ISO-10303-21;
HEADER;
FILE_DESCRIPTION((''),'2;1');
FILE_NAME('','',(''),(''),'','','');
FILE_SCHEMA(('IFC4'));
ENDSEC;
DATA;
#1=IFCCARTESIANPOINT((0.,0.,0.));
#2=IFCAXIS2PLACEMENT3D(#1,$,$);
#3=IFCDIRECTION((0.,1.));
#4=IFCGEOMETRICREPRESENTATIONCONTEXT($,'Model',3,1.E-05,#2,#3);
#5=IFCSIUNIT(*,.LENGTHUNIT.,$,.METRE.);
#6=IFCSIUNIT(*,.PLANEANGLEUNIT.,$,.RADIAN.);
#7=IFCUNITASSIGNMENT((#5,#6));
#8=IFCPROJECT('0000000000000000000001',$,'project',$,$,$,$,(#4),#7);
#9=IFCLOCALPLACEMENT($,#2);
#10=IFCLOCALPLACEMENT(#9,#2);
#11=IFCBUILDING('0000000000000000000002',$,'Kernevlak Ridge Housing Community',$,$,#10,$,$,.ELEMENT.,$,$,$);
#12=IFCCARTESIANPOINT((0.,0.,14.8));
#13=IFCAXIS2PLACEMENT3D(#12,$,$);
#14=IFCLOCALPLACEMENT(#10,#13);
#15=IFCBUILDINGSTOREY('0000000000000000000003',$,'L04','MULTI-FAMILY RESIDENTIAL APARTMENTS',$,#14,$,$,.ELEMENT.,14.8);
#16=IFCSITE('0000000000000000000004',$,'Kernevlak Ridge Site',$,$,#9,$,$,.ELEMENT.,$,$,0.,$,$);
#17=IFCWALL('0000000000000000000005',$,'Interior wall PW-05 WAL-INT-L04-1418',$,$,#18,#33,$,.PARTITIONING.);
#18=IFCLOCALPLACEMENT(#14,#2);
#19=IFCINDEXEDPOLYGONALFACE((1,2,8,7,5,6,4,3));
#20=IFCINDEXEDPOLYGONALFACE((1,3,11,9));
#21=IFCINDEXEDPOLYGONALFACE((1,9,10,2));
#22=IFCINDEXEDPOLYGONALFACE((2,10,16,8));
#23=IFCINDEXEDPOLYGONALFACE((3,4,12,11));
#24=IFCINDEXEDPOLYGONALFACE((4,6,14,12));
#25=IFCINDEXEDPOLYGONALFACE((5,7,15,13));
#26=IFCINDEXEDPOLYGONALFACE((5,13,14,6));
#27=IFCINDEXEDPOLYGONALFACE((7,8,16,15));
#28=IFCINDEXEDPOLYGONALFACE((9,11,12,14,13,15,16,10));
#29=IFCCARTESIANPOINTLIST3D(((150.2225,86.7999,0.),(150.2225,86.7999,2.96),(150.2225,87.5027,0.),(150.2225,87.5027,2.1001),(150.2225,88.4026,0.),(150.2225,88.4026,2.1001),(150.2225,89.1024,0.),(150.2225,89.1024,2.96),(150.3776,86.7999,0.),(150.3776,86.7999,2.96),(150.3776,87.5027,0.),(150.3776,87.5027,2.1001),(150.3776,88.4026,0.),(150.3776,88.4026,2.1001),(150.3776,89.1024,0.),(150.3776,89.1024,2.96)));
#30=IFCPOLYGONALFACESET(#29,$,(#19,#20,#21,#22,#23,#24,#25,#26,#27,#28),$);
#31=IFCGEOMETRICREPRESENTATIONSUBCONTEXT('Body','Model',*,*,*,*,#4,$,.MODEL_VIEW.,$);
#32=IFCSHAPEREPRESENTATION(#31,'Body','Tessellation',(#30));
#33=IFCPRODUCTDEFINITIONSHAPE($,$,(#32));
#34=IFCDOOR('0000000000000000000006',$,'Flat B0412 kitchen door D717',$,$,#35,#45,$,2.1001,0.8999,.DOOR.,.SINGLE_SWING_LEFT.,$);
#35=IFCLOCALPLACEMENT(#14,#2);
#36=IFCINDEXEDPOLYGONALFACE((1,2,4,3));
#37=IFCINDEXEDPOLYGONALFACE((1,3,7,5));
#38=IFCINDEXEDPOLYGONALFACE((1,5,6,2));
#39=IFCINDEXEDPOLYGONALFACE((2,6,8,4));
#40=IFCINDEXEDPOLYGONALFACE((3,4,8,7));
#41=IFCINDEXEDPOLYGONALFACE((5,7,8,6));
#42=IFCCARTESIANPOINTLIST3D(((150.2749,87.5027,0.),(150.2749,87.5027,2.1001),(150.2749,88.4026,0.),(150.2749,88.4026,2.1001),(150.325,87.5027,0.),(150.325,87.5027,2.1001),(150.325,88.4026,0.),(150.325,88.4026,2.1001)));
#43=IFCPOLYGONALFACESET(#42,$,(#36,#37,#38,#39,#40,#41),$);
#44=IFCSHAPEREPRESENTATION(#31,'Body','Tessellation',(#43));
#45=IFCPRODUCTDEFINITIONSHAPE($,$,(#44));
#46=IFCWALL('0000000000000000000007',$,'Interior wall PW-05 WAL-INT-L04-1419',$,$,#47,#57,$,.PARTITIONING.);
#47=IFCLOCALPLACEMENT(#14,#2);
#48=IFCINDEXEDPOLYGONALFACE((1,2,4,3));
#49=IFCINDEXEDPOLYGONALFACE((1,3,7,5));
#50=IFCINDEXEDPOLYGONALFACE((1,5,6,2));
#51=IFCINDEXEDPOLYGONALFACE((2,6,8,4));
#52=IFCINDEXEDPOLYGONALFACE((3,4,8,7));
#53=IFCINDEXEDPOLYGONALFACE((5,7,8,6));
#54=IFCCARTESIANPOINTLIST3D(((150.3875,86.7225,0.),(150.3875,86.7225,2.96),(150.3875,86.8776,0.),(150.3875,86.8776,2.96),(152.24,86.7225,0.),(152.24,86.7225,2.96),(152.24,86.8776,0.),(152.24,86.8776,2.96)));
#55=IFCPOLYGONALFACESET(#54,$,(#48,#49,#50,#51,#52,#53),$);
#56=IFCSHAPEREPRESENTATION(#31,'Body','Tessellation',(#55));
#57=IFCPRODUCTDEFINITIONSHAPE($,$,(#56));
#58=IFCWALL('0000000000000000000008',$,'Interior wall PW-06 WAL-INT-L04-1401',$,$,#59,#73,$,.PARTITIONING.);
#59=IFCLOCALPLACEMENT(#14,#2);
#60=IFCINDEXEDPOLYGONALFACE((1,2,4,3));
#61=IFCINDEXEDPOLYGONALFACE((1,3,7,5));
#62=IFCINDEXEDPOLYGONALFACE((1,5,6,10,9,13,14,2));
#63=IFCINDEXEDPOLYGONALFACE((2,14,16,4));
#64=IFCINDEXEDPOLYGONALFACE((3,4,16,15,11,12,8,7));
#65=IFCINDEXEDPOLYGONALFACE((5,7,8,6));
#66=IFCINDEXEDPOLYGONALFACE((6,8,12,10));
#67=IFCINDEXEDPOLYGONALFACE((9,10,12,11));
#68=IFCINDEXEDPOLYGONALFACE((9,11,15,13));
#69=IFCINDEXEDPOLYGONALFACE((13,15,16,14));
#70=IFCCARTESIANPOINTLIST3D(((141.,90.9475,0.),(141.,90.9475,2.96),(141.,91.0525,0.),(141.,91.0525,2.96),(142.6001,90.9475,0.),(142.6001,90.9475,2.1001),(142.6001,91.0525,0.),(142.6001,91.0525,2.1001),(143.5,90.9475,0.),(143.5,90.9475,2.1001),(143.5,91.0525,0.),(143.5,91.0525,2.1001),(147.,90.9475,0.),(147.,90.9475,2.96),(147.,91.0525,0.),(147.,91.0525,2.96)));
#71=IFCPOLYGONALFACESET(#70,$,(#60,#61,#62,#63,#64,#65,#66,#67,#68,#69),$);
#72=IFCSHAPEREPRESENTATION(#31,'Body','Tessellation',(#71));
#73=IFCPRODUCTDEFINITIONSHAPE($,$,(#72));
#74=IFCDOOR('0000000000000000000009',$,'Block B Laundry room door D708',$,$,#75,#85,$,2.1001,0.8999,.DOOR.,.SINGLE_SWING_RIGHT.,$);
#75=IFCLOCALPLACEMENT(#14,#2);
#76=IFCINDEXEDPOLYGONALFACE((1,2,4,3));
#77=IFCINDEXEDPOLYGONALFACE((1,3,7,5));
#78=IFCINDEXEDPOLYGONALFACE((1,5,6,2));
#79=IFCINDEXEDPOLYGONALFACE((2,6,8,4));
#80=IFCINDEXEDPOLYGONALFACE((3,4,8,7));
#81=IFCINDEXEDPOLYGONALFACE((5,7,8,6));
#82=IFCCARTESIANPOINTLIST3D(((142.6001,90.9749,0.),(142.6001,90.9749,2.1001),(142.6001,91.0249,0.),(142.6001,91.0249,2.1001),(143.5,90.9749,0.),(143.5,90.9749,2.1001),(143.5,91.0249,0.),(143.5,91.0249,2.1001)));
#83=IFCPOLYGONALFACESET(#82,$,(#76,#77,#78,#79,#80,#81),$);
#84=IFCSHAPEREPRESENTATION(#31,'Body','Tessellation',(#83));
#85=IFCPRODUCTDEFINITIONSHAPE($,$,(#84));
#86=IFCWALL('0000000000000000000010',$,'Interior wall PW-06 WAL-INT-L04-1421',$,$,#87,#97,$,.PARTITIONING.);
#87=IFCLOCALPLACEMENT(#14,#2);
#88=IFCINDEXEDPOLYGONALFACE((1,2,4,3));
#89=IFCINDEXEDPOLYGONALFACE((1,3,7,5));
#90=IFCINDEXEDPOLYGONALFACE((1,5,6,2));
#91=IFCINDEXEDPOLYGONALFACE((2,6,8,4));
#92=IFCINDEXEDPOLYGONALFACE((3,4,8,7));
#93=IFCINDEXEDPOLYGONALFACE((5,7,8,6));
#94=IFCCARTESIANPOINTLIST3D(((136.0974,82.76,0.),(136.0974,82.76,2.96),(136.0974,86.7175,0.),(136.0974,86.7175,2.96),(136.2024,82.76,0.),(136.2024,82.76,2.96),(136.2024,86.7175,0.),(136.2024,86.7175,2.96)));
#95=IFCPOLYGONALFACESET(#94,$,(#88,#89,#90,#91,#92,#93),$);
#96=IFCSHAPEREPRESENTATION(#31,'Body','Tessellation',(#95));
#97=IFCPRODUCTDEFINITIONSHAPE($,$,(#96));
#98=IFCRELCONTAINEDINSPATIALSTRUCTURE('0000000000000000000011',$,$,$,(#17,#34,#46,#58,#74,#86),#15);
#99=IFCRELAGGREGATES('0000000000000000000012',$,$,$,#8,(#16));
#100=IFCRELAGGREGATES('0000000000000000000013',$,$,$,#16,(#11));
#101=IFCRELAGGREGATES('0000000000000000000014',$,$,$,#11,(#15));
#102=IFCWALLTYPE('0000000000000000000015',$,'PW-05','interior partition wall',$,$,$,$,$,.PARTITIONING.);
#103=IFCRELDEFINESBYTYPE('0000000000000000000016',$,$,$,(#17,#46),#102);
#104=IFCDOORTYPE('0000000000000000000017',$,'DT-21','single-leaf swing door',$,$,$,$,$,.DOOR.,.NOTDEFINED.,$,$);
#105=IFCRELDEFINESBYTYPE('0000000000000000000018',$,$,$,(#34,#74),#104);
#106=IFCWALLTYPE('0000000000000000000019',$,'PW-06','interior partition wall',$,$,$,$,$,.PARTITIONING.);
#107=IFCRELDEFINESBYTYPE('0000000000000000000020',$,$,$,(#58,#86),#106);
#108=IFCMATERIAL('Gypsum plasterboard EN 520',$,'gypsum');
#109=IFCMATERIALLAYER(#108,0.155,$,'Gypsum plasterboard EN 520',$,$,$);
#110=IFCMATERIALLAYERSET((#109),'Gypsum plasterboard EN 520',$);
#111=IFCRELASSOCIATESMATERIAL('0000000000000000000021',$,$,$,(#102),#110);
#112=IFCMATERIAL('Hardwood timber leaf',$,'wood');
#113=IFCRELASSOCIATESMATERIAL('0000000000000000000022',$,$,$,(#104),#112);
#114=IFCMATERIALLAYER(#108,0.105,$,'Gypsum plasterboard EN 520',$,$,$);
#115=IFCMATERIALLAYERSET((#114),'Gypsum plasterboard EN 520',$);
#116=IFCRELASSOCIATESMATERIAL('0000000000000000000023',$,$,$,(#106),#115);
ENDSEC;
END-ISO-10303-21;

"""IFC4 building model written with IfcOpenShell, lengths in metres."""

from ifc_helpers import new_model, si_unit, direction, frame, frame_2d, origin, place, context, subcontext, project, spatial, rectangle, extrude, material, layer, layer_set, type_object, element, fill, save


model = new_model("IFC4")

# Units and contexts
model_context = context("Model", 3, precision=1e-05, world=origin(), true_north=direction((0.0, 1.0)))
body_context = subcontext(model_context, "Body", "Model", "MODEL_VIEW")
ifc_project = project(units=[si_unit("LENGTHUNIT", "METRE"), si_unit("PLANEANGLEUNIT", "RADIAN")], contexts=[model_context])

# Site, building, storey
site_placement = place(None, origin())
site = spatial("IfcSite", under=ifc_project, at=site_placement, Name="Kernevlak Ridge Site", CompositionType="ELEMENT", RefElevation=0.0)
building_placement = place(site_placement, origin())
building = spatial("IfcBuilding", under=site, at=building_placement, Name="Kernevlak Ridge Housing Community", CompositionType="ELEMENT")
storey_placement = place(building_placement, frame((0.0, 0.0, 14.8)))
storey = spatial("IfcBuildingStorey", under=building, at=storey_placement, Name="L04", Description="MULTI-FAMILY RESIDENTIAL APARTMENTS", CompositionType="ELEMENT", Elevation=14.8)

# Shared definitions
ifc_material_1 = material(Name="Hardwood timber leaf", Category="wood")

# Wall, opening, door
ifc_material_2 = material(Name="Gypsum plasterboard EN 520", Category="gypsum")
ifc_layer_1 = layer(ifc_material_2, 0.155, Name="Gypsum plasterboard EN 520")
ifc_layer_set_1 = layer_set([ifc_layer_1], Name="Gypsum plasterboard EN 520")
wall_type_1 = type_object("IfcWallType", Name="PW-05", Description="interior partition wall", PredefinedType="PARTITIONING", material=ifc_layer_set_1)
wall_1_placement = place(storey_placement, frame((150.3, 89.1025, 0.0), z_axis=(0.0, 0.0, 1.0), x_axis=(0.0, -1.0, 0.0)))
wall_1 = element("IfcWall", 1, at=wall_1_placement, inside=storey, type_object=wall_type_1, Name="Interior wall PW-05 WAL-INT-L04-1418", PredefinedType="PARTITIONING", context=body_context, shape_type="SweptSolid", body=[
    extrude(rectangle(XDim=2.3025, YDim=0.155, at=frame_2d((1.1514, 0.0))), origin(), (0.0, 0.0, 1.0), 2.96),
])
opening_1_placement = place(wall_1_placement, frame((0.7, 0.0, 0.0)))
opening_1 = element("IfcOpeningElement", 2, at=opening_1_placement, cuts=wall_1, PredefinedType="OPENING", context=body_context, shape_type="SweptSolid", body=[
    extrude(rectangle(XDim=0.8999, YDim=2.1001, at=frame_2d((0.45, 1.05))), frame((0.0, 0.0874, 0.0), z_axis=(0.0, -1.0, 0.0), x_axis=(1.0, 0.0, 0.0)), (0.0, 0.0, 1.0), 0.175),
])
door_type_1 = type_object("IfcDoorType", Name="DT-21", Description="single-leaf swing door", OperationType="NOTDEFINED", PredefinedType="DOOR", material=ifc_material_1)
door_1_placement = place(opening_1_placement, origin())
door_1 = element("IfcDoor", 3, at=door_1_placement, inside=storey, type_object=door_type_1, Name="Flat B0412 kitchen door D717", OperationType="SINGLE_SWING_LEFT", OverallHeight=2.1001, OverallWidth=0.8999, PredefinedType="DOOR", context=body_context, shape_type="SweptSolid", body=[
    extrude(rectangle(XDim=0.8999, YDim=2.1001, at=frame_2d((0.45, 1.05))), frame((0.0, 0.0249, 0.0), z_axis=(0.0, -1.0, 0.0), x_axis=(1.0, 0.0, 0.0)), (0.0, 0.0, 1.0), 0.05),
])
fill(opening_1, door_1)

# Wall
wall_2_placement = place(storey_placement, frame((150.3875, 86.8, 0.0), z_axis=(0.0, 0.0, 1.0), x_axis=(1.0, 0.0, 0.0)))
element("IfcWall", 4, at=wall_2_placement, inside=storey, type_object=wall_type_1, Name="Interior wall PW-05 WAL-INT-L04-1419", PredefinedType="PARTITIONING", context=body_context, shape_type="SweptSolid", body=[
    extrude(rectangle(XDim=1.8525, YDim=0.155, at=frame_2d((0.9263, 0.0))), origin(), (0.0, 0.0, 1.0), 2.96),
])

# Wall, opening, door
ifc_layer_2 = layer(ifc_material_2, 0.105, Name="Gypsum plasterboard EN 520")
ifc_layer_set_2 = layer_set([ifc_layer_2], Name="Gypsum plasterboard EN 520")
wall_type_2 = type_object("IfcWallType", Name="PW-06", Description="interior partition wall", PredefinedType="PARTITIONING", material=ifc_layer_set_2)
wall_3_placement = place(storey_placement, frame((141.0, 91.0, 0.0), z_axis=(0.0, 0.0, 1.0), x_axis=(1.0, 0.0, 0.0)))
wall_3 = element("IfcWall", 5, at=wall_3_placement, inside=storey, type_object=wall_type_2, Name="Interior wall PW-06 WAL-INT-L04-1401", PredefinedType="PARTITIONING", context=body_context, shape_type="SweptSolid", body=[
    extrude(rectangle(XDim=6.0, YDim=0.105, at=frame_2d((3.0, 0.0))), origin(), (0.0, 0.0, 1.0), 2.96),
])
opening_2_placement = place(wall_3_placement, frame((1.6001, 0.0, 0.0)))
opening_2 = element("IfcOpeningElement", 6, at=opening_2_placement, cuts=wall_3, PredefinedType="OPENING", context=body_context, shape_type="SweptSolid", body=[
    extrude(rectangle(XDim=0.8999, YDim=2.1001, at=frame_2d((0.45, 1.05))), frame((0.0, 0.0625, 0.0), z_axis=(0.0, -1.0, 0.0), x_axis=(1.0, 0.0, 0.0)), (0.0, 0.0, 1.0), 0.125),
])
door_2_placement = place(opening_2_placement, origin())
door_2 = element("IfcDoor", 7, at=door_2_placement, inside=storey, type_object=door_type_1, Name="Block B Laundry room door D708", OperationType="SINGLE_SWING_RIGHT", OverallHeight=2.1001, OverallWidth=0.8999, PredefinedType="DOOR", context=body_context, shape_type="SweptSolid", body=[
    extrude(rectangle(XDim=0.8999, YDim=2.1001, at=frame_2d((0.45, 1.05))), frame((0.0, 0.0249, 0.0), z_axis=(0.0, -1.0, 0.0), x_axis=(1.0, 0.0, 0.0)), (0.0, 0.0, 1.0), 0.05),
])
fill(opening_2, door_2)

# Wall
wall_4_placement = place(storey_placement, frame((136.1499, 86.7175, 0.0), z_axis=(0.0, 0.0, 1.0), x_axis=(0.0, -1.0, 0.0)))
element("IfcWall", 8, at=wall_4_placement, inside=storey, type_object=wall_type_2, Name="Interior wall PW-06 WAL-INT-L04-1421", PredefinedType="PARTITIONING", context=body_context, shape_type="SweptSolid", body=[
    extrude(rectangle(XDim=3.9575, YDim=0.105, at=frame_2d((1.9788, 0.0))), origin(), (0.0, 0.0, 1.0), 2.96),
])

save(model, "model.ifc")
